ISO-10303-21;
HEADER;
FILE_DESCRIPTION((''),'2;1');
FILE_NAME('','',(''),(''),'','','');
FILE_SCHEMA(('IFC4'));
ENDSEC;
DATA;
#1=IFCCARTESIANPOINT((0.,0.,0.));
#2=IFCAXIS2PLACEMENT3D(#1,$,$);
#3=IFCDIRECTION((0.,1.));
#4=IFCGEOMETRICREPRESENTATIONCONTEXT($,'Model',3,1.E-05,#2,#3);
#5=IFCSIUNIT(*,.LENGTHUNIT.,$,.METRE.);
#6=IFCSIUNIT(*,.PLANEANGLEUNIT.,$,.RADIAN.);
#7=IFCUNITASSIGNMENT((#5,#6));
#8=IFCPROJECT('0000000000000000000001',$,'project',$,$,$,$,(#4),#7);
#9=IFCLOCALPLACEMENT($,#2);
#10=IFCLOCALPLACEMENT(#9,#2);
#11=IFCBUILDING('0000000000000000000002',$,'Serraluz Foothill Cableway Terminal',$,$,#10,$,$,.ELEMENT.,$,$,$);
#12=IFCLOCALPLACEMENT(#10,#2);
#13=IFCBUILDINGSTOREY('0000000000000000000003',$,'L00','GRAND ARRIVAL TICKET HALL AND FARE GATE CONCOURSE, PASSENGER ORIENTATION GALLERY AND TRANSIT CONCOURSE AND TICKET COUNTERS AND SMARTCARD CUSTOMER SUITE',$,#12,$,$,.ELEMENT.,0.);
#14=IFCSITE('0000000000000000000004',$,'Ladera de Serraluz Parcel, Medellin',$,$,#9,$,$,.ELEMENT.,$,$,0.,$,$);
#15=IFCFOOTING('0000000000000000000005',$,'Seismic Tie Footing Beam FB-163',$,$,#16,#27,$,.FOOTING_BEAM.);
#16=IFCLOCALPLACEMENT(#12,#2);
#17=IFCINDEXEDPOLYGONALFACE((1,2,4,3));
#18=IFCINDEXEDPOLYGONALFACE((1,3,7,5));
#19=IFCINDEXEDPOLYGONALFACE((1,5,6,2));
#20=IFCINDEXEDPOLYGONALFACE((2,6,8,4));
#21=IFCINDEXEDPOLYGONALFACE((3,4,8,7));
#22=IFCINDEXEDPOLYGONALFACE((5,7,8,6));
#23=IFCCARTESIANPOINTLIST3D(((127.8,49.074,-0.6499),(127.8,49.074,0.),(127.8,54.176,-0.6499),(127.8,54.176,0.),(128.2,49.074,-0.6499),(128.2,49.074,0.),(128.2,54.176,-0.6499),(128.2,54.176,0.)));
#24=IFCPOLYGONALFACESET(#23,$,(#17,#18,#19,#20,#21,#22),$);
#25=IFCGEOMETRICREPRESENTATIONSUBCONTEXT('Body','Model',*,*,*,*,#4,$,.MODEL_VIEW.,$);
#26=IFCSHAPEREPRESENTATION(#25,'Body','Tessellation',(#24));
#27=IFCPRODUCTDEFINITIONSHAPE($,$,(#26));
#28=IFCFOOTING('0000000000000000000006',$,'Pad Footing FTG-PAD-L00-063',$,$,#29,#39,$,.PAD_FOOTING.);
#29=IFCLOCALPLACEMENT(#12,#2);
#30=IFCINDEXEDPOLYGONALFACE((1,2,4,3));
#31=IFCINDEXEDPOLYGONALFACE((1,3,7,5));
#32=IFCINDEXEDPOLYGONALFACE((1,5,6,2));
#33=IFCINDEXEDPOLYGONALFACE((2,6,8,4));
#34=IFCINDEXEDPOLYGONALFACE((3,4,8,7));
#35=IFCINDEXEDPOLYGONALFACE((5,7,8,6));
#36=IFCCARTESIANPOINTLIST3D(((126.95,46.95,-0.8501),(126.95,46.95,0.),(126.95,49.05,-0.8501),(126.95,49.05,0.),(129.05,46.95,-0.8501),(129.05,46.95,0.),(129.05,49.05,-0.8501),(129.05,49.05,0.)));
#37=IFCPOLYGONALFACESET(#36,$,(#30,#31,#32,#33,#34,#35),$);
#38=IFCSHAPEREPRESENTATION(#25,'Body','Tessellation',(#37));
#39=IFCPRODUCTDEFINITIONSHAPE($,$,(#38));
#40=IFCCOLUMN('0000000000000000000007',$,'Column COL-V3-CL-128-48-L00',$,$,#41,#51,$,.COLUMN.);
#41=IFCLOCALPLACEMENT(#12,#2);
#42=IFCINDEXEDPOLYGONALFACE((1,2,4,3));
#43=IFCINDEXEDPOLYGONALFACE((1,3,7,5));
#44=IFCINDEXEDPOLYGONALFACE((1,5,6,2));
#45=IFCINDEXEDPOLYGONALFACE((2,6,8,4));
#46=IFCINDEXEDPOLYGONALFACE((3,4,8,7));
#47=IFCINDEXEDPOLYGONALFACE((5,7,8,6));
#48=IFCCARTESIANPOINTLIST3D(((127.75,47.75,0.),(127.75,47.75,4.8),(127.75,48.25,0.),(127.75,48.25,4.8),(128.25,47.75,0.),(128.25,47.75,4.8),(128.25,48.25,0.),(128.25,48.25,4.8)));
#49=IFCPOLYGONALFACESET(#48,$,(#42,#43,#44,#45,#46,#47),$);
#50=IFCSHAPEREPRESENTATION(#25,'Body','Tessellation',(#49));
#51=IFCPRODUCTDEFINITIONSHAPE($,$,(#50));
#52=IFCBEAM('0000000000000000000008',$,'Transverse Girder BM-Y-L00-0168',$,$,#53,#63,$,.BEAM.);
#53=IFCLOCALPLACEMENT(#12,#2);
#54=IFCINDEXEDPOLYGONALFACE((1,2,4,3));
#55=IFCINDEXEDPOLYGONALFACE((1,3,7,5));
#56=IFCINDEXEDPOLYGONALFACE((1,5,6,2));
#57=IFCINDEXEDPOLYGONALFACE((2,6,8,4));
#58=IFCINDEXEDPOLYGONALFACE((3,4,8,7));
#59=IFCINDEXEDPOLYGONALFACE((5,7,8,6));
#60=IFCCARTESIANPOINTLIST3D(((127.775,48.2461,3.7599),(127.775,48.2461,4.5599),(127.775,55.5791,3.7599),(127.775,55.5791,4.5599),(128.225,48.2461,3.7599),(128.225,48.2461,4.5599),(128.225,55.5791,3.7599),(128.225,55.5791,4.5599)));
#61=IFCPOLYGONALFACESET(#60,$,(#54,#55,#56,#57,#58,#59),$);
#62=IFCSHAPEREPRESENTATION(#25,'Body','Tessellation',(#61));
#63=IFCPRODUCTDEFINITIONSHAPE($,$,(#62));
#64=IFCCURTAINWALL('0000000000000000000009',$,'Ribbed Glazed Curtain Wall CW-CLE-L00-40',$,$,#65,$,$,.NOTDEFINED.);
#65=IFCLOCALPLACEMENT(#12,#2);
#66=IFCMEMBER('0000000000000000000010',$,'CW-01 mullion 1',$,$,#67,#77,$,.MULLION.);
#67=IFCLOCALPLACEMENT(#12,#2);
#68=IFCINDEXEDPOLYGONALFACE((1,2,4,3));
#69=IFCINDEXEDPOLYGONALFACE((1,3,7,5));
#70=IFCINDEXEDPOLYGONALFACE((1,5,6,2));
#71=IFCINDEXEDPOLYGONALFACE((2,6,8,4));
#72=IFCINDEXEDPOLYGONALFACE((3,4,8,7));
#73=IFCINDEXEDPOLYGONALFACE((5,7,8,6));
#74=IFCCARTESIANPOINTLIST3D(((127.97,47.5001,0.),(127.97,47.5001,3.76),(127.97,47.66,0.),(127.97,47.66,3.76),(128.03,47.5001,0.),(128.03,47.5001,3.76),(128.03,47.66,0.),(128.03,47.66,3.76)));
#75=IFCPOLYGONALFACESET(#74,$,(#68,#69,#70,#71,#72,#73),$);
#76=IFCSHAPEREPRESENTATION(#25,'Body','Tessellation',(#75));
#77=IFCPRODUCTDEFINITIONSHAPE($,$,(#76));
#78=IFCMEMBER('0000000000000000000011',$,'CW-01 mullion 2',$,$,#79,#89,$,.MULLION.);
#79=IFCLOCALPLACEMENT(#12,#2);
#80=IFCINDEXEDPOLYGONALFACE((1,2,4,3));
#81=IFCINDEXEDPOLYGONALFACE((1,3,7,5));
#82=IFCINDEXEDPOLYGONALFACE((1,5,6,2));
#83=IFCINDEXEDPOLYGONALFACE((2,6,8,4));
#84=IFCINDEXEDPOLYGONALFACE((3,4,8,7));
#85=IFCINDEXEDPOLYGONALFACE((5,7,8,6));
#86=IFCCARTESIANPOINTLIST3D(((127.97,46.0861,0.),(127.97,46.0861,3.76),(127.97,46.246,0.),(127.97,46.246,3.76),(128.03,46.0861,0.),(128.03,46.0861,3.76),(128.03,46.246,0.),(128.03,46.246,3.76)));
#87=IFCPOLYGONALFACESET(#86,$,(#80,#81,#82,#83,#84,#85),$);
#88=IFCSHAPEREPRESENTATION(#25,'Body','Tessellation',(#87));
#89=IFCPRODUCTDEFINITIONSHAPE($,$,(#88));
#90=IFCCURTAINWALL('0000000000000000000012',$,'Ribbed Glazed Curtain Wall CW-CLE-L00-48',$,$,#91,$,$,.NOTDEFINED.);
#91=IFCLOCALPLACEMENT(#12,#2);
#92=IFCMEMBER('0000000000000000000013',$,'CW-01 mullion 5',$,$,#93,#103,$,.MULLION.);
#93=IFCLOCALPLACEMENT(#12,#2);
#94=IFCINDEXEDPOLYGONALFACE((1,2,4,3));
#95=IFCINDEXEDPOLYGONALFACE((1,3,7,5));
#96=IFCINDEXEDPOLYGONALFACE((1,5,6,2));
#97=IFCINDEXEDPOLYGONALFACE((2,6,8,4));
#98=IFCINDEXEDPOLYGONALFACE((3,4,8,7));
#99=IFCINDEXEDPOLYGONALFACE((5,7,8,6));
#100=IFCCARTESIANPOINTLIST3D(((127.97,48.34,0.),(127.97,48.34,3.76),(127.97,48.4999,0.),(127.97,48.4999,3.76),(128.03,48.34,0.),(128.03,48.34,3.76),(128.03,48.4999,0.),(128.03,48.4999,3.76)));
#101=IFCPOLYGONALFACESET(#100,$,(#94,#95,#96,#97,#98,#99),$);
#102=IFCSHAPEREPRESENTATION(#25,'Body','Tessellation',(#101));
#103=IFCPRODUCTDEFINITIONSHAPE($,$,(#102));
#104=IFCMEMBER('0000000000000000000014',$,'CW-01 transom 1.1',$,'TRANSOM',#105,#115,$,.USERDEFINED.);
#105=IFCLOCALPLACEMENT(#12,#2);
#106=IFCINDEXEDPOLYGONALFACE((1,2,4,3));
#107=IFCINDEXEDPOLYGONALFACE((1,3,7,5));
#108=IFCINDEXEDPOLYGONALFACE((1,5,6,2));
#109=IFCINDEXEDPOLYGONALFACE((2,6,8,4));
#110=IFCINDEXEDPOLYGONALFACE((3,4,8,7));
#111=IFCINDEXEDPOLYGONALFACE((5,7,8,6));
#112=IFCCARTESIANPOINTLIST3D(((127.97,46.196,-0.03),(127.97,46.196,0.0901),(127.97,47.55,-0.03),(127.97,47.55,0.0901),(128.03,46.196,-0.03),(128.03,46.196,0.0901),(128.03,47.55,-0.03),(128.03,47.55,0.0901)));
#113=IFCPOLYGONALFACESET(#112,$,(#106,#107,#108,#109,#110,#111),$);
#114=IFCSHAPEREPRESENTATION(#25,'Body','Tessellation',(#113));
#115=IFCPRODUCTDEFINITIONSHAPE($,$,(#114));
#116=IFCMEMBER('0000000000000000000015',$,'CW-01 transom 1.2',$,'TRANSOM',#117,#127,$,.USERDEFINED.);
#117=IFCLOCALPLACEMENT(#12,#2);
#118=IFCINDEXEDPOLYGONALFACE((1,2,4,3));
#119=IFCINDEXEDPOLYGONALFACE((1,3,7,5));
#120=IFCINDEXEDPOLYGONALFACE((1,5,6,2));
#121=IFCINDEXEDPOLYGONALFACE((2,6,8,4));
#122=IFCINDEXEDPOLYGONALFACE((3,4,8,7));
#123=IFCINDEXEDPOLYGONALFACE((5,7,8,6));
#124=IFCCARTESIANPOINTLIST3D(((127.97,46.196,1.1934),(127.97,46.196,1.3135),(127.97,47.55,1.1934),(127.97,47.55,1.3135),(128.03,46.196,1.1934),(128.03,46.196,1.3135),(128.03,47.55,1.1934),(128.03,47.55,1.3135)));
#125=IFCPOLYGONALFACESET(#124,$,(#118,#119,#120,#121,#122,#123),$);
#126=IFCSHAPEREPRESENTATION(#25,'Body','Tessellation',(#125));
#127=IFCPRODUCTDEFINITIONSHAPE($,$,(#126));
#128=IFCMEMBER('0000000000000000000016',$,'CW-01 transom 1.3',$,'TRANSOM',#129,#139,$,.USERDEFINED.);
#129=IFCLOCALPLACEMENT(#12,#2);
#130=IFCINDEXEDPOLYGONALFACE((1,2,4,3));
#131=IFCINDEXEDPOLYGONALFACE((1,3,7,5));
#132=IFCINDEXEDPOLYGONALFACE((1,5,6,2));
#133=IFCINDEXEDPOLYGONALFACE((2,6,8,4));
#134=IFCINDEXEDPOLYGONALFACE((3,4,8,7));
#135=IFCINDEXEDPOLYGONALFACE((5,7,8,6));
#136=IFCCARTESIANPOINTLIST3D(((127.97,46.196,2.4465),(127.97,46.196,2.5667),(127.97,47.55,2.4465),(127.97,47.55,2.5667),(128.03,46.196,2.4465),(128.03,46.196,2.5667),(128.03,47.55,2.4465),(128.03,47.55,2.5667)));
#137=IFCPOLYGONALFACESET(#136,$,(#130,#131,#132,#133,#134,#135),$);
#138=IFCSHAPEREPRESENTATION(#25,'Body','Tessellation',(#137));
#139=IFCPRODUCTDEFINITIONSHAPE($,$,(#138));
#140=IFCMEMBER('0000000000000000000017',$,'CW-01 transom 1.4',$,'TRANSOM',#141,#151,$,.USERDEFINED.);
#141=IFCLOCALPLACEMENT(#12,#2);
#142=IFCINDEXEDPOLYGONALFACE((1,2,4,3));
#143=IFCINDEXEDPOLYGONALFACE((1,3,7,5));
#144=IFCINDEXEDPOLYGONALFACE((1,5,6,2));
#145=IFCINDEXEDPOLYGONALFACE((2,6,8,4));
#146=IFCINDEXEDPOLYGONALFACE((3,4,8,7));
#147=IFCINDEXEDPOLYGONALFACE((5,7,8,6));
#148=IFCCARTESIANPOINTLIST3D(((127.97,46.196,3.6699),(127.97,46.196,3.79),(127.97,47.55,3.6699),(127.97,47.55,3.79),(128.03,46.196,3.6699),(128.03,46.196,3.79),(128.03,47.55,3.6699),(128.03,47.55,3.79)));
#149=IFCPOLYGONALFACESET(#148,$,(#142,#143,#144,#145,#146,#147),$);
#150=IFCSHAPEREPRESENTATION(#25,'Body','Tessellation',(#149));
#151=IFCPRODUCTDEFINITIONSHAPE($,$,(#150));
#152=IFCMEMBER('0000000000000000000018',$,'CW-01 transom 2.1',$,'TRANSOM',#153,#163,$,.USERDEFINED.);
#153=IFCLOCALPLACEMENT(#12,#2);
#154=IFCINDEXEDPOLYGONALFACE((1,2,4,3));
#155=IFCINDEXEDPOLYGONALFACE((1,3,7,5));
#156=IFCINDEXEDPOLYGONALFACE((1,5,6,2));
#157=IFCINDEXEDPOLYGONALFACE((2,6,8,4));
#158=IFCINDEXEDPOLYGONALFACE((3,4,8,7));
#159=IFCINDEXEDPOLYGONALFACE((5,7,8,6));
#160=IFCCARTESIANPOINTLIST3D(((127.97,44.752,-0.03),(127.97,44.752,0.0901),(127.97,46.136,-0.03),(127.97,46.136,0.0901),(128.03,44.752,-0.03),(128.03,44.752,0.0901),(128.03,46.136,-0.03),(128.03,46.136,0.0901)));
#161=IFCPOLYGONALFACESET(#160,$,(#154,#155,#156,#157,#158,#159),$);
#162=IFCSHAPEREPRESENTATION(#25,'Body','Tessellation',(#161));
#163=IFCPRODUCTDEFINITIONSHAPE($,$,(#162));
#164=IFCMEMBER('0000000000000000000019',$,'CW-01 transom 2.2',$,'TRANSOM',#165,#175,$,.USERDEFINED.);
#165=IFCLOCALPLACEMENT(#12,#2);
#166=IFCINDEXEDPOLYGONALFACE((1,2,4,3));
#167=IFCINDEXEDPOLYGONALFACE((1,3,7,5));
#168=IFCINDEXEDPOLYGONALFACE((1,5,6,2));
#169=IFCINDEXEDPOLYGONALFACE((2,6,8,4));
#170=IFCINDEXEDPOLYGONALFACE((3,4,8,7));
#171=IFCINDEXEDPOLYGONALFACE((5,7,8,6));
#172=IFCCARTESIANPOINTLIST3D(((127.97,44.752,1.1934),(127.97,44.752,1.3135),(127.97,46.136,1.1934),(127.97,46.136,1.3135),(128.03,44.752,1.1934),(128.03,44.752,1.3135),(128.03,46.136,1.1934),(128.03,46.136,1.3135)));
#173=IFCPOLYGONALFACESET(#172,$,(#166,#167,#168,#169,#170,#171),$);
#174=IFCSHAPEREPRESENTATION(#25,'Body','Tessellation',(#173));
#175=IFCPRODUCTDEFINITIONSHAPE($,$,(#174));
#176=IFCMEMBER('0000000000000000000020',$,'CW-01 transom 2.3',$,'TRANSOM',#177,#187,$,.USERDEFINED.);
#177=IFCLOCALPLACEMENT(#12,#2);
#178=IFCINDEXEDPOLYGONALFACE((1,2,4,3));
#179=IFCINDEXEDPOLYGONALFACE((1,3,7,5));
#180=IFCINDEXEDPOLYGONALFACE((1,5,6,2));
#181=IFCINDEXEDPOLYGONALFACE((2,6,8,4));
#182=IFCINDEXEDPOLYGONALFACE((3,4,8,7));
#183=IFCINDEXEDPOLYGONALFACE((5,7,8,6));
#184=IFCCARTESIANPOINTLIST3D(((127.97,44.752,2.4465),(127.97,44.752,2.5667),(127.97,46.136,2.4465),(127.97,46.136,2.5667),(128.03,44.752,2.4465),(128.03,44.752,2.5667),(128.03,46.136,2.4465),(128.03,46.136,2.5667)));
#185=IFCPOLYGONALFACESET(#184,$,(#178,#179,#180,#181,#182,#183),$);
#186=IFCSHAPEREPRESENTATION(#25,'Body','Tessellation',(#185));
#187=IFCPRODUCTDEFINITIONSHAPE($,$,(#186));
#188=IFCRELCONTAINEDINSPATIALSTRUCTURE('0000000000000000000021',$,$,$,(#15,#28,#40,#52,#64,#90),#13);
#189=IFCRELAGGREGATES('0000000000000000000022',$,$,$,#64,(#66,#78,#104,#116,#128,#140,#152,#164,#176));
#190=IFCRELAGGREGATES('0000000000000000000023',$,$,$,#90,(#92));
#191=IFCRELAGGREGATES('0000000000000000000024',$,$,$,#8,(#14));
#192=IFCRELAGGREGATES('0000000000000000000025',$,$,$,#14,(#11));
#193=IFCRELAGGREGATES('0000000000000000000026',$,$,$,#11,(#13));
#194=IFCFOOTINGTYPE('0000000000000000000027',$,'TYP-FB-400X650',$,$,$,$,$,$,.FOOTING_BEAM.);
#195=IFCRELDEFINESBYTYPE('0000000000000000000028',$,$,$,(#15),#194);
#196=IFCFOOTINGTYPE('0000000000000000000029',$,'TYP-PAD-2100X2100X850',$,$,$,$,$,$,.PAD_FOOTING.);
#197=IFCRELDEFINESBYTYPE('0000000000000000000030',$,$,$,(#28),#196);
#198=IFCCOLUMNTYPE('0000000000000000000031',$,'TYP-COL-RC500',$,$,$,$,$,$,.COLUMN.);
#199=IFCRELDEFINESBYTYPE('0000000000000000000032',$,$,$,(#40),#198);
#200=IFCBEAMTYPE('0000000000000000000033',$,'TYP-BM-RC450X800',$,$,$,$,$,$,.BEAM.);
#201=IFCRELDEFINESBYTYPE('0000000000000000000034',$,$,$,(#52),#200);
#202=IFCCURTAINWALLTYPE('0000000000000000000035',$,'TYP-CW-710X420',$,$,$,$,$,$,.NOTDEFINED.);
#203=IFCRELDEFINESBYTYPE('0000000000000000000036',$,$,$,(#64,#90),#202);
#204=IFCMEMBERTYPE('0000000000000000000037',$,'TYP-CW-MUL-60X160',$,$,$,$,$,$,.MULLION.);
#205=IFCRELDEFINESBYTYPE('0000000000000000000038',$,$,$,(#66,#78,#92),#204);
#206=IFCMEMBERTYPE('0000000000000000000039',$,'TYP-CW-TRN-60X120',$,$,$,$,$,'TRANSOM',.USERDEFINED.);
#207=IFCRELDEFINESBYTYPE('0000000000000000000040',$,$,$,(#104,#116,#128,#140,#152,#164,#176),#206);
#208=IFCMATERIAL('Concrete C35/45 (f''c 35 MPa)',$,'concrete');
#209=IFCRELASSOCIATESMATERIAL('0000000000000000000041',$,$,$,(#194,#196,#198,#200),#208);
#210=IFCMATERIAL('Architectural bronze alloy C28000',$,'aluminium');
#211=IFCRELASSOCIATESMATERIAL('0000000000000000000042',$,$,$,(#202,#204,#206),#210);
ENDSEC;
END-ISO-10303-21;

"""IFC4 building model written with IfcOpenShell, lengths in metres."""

from ifc_helpers import new_model, si_unit, direction, frame, origin, origin_2d, place, context, subcontext, project, spatial, rectangle, extrude, material, material_profile, profile_set, type_object, element, aggregate, save


model = new_model("IFC4")

# Units and contexts
model_context = context("Model", 3, precision=1e-05, world=origin(), true_north=direction((0.0, 1.0)))
body_context = subcontext(model_context, "Body", "Model", "MODEL_VIEW")
ifc_project = project(units=[si_unit("LENGTHUNIT", "METRE"), si_unit("PLANEANGLEUNIT", "RADIAN")], contexts=[model_context])

# Site, building, storey
site_placement = place(None, origin())
site = spatial("IfcSite", under=ifc_project, at=site_placement, Name="Ladera de Serraluz Parcel, Medellin", CompositionType="ELEMENT", RefElevation=0.0)
building_placement = place(site_placement, origin())
building = spatial("IfcBuilding", under=site, at=building_placement, Name="Serraluz Foothill Cableway Terminal", CompositionType="ELEMENT")
storey_placement = place(building_placement, origin())
storey = spatial("IfcBuildingStorey", under=building, at=storey_placement, Name="L00", Description="GRAND ARRIVAL TICKET HALL AND FARE GATE CONCOURSE, PASSENGER ORIENTATION GALLERY AND TRANSIT CONCOURSE AND TICKET COUNTERS AND SMARTCARD CUSTOMER SUITE", CompositionType="ELEMENT", Elevation=0.0)

# Footings
ifc_material_1 = material(Name="Concrete C35/45 (f'c 35 MPa)", Category="concrete")
ifc_material_profile_1 = material_profile(ifc_material_1, rectangle(XDim=0.3999, YDim=0.6499, at=origin_2d()), Name="RC 400x650")
ifc_profile_set_1 = profile_set([ifc_material_profile_1], Name="Concrete C35/45 (f'c 35 MPa)")
footing_type_1 = type_object("IfcFootingType", Name="TYP-FB-400X650", PredefinedType="FOOTING_BEAM", material=ifc_profile_set_1)
footing_1_placement = place(storey_placement, frame((128.0, 49.074, -0.325), z_axis=(0.0, 1.0, 0.0), x_axis=(-1.0, 0.0, 0.0)))
element("IfcFooting", 1, at=footing_1_placement, inside=storey, type_object=footing_type_1, Name="Seismic Tie Footing Beam FB-163", PredefinedType="FOOTING_BEAM", context=body_context, shape_type="SweptSolid", body=[
    extrude(rectangle(XDim=0.3999, YDim=0.6499, at=origin_2d()), origin(), (0.0, 0.0, 1.0), 5.1021),
])
footing_type_2 = type_object("IfcFootingType", Name="TYP-PAD-2100X2100X850", PredefinedType="PAD_FOOTING", material=ifc_material_1)
footing_2_placement = place(storey_placement, frame((128.0, 48.0, -0.8501), z_axis=(0.0, 0.0, 1.0), x_axis=(1.0, 0.0, 0.0)))
element("IfcFooting", 2, at=footing_2_placement, inside=storey, type_object=footing_type_2, Name="Pad Footing FTG-PAD-L00-063", PredefinedType="PAD_FOOTING", context=body_context, shape_type="SweptSolid", body=[
    extrude(rectangle(XDim=2.1001, YDim=2.1001, at=origin_2d()), origin(), (0.0, 0.0, 1.0), 0.8501),
])

# Column
ifc_material_profile_2 = material_profile(ifc_material_1, rectangle(XDim=0.5, YDim=0.5, at=origin_2d()), Name="RC 500x500")
ifc_profile_set_2 = profile_set([ifc_material_profile_2], Name="Concrete C35/45 (f'c 35 MPa)")
column_type = type_object("IfcColumnType", Name="TYP-COL-RC500", PredefinedType="COLUMN", material=ifc_profile_set_2)
column_placement = place(storey_placement, frame((128.0, 48.0, 0.0), z_axis=(0.0, 0.0, 1.0), x_axis=(1.0, 0.0, 0.0)))
element("IfcColumn", 3, at=column_placement, inside=storey, type_object=column_type, Name="Column COL-V3-CL-128-48-L00", PredefinedType="COLUMN", context=body_context, shape_type="SweptSolid", body=[
    extrude(rectangle(XDim=0.5, YDim=0.5, at=origin_2d()), origin(), (0.0, 0.0, 1.0), 4.8),
])

# Beam
ifc_material_profile_3 = material_profile(ifc_material_1, rectangle(XDim=0.45, YDim=0.8, at=origin_2d()), Name="RC 450x800")
ifc_profile_set_3 = profile_set([ifc_material_profile_3], Name="Concrete C35/45 (f'c 35 MPa)")
beam_type = type_object("IfcBeamType", Name="TYP-BM-RC450X800", PredefinedType="BEAM", material=ifc_profile_set_3)
beam_placement = place(storey_placement, frame((128.0, 48.2461, 4.1599), z_axis=(0.0, 1.0, 0.0), x_axis=(-1.0, 0.0, 0.0)))
element("IfcBeam", 4, at=beam_placement, inside=storey, type_object=beam_type, Name="Transverse Girder BM-Y-L00-0168", PredefinedType="BEAM", context=body_context, shape_type="SweptSolid", body=[
    extrude(rectangle(XDim=0.45, YDim=0.8, at=origin_2d()), origin(), (0.0, 0.0, 1.0), 7.333),
])

# Curtain wall, members
ifc_material_2 = material(Name="Architectural bronze alloy C28000", Category="aluminium")
curtain_wall_type = type_object("IfcCurtainWallType", Name="TYP-CW-710X420", PredefinedType="NOTDEFINED", material=ifc_material_2)
curtain_wall_1_placement = place(storey_placement, origin())
curtain_wall_1 = element("IfcCurtainWall", 5, at=curtain_wall_1_placement, inside=storey, type_object=curtain_wall_type, Name="Ribbed Glazed Curtain Wall CW-CLE-L00-40", PredefinedType="NOTDEFINED")
ifc_material_profile_4 = material_profile(ifc_material_2, rectangle(XDim=0.0601, YDim=0.1599, at=origin_2d()), Name="ALU MULLION 60x160")
ifc_profile_set_4 = profile_set([ifc_material_profile_4], Name="Architectural bronze alloy C28000")
member_type_1 = type_object("IfcMemberType", Name="TYP-CW-MUL-60X160", PredefinedType="MULLION", material=ifc_profile_set_4)
member_1_placement = place(storey_placement, frame((128.0, 47.5801, 0.0), z_axis=(0.0, 0.0, 1.0), x_axis=(1.0, 0.0, 0.0)))
member_1 = element("IfcMember", 6, at=member_1_placement, type_object=member_type_1, Name="CW-01 mullion 1", PredefinedType="MULLION", context=body_context, shape_type="SweptSolid", body=[
    extrude(rectangle(XDim=0.0601, YDim=0.1599, at=origin_2d()), origin(), (0.0, 0.0, 1.0), 3.76),
])
member_2_placement = place(storey_placement, frame((128.0, 46.166, 0.0), z_axis=(0.0, 0.0, 1.0), x_axis=(1.0, 0.0, 0.0)))
member_2 = element("IfcMember", 7, at=member_2_placement, type_object=member_type_1, Name="CW-01 mullion 2", PredefinedType="MULLION", context=body_context, shape_type="SweptSolid", body=[
    extrude(rectangle(XDim=0.0601, YDim=0.1599, at=origin_2d()), origin(), (0.0, 0.0, 1.0), 3.76),
])

# Curtain wall, member
curtain_wall_2_placement = place(storey_placement, origin())
curtain_wall_2 = element("IfcCurtainWall", 8, at=curtain_wall_2_placement, inside=storey, type_object=curtain_wall_type, Name="Ribbed Glazed Curtain Wall CW-CLE-L00-48", PredefinedType="NOTDEFINED")
member_3_placement = place(storey_placement, frame((128.0, 48.4199, 0.0), z_axis=(0.0, 0.0, 1.0), x_axis=(1.0, 0.0, 0.0)))
member_3 = element("IfcMember", 9, at=member_3_placement, type_object=member_type_1, Name="CW-01 mullion 5", PredefinedType="MULLION", context=body_context, shape_type="SweptSolid", body=[
    extrude(rectangle(XDim=0.0601, YDim=0.1599, at=origin_2d()), origin(), (0.0, 0.0, 1.0), 3.76),
])

# Members
ifc_material_profile_5 = material_profile(ifc_material_2, rectangle(XDim=0.0601, YDim=0.1201, at=origin_2d()), Name="ALU TRANSOM 60x120")
ifc_profile_set_5 = profile_set([ifc_material_profile_5], Name="Architectural bronze alloy C28000")
member_type_2 = type_object("IfcMemberType", Name="TYP-CW-TRN-60X120", ElementType="TRANSOM", PredefinedType="USERDEFINED", material=ifc_profile_set_5)
member_4_placement = place(storey_placement, frame((128.0, 47.55, 0.03), z_axis=(0.0, -1.0, 0.0), x_axis=(1.0, 0.0, 0.0)))
member_4 = element("IfcMember", 10, at=member_4_placement, type_object=member_type_2, Name="CW-01 transom 1.1", ObjectType="TRANSOM", PredefinedType="USERDEFINED", context=body_context, shape_type="SweptSolid", body=[
    extrude(rectangle(XDim=0.0601, YDim=0.1201, at=origin_2d()), origin(), (0.0, 0.0, 1.0), 1.354),
])
member_5_placement = place(storey_placement, frame((128.0, 47.55, 1.2534), z_axis=(0.0, -1.0, 0.0), x_axis=(1.0, 0.0, 0.0)))
member_5 = element("IfcMember", 11, at=member_5_placement, type_object=member_type_2, Name="CW-01 transom 1.2", ObjectType="TRANSOM", PredefinedType="USERDEFINED", context=body_context, shape_type="SweptSolid", body=[
    extrude(rectangle(XDim=0.0601, YDim=0.1201, at=origin_2d()), origin(), (0.0, 0.0, 1.0), 1.354),
])
member_6_placement = place(storey_placement, frame((128.0, 47.55, 2.5066), z_axis=(0.0, -1.0, 0.0), x_axis=(1.0, 0.0, 0.0)))
member_6 = element("IfcMember", 12, at=member_6_placement, type_object=member_type_2, Name="CW-01 transom 1.3", ObjectType="TRANSOM", PredefinedType="USERDEFINED", context=body_context, shape_type="SweptSolid", body=[
    extrude(rectangle(XDim=0.0601, YDim=0.1201, at=origin_2d()), origin(), (0.0, 0.0, 1.0), 1.354),
])
member_7_placement = place(storey_placement, frame((128.0, 47.55, 3.73), z_axis=(0.0, -1.0, 0.0), x_axis=(1.0, 0.0, 0.0)))
member_7 = element("IfcMember", 13, at=member_7_placement, type_object=member_type_2, Name="CW-01 transom 1.4", ObjectType="TRANSOM", PredefinedType="USERDEFINED", context=body_context, shape_type="SweptSolid", body=[
    extrude(rectangle(XDim=0.0601, YDim=0.1201, at=origin_2d()), origin(), (0.0, 0.0, 1.0), 1.354),
])
member_8_placement = place(storey_placement, frame((128.0, 46.136, 0.03), z_axis=(0.0, -1.0, 0.0), x_axis=(1.0, 0.0, 0.0)))
member_8 = element("IfcMember", 14, at=member_8_placement, type_object=member_type_2, Name="CW-01 transom 2.1", ObjectType="TRANSOM", PredefinedType="USERDEFINED", context=body_context, shape_type="SweptSolid", body=[
    extrude(rectangle(XDim=0.0601, YDim=0.1201, at=origin_2d()), origin(), (0.0, 0.0, 1.0), 1.384),
])
member_9_placement = place(storey_placement, frame((128.0, 46.136, 1.2534), z_axis=(0.0, -1.0, 0.0), x_axis=(1.0, 0.0, 0.0)))
member_9 = element("IfcMember", 15, at=member_9_placement, type_object=member_type_2, Name="CW-01 transom 2.2", ObjectType="TRANSOM", PredefinedType="USERDEFINED", context=body_context, shape_type="SweptSolid", body=[
    extrude(rectangle(XDim=0.0601, YDim=0.1201, at=origin_2d()), origin(), (0.0, 0.0, 1.0), 1.384),
])
member_10_placement = place(storey_placement, frame((128.0, 46.136, 2.5066), z_axis=(0.0, -1.0, 0.0), x_axis=(1.0, 0.0, 0.0)))
member_10 = element("IfcMember", 16, at=member_10_placement, type_object=member_type_2, Name="CW-01 transom 2.3", ObjectType="TRANSOM", PredefinedType="USERDEFINED", context=body_context, shape_type="SweptSolid", body=[
    extrude(rectangle(XDim=0.0601, YDim=0.1201, at=origin_2d()), origin(), (0.0, 0.0, 1.0), 1.384),
])

aggregate(curtain_wall_1, [member_1, member_2, member_4, member_5, member_6, member_7, member_8, member_9, member_10])
aggregate(curtain_wall_2, [member_3])

save(model, "model.ifc")
